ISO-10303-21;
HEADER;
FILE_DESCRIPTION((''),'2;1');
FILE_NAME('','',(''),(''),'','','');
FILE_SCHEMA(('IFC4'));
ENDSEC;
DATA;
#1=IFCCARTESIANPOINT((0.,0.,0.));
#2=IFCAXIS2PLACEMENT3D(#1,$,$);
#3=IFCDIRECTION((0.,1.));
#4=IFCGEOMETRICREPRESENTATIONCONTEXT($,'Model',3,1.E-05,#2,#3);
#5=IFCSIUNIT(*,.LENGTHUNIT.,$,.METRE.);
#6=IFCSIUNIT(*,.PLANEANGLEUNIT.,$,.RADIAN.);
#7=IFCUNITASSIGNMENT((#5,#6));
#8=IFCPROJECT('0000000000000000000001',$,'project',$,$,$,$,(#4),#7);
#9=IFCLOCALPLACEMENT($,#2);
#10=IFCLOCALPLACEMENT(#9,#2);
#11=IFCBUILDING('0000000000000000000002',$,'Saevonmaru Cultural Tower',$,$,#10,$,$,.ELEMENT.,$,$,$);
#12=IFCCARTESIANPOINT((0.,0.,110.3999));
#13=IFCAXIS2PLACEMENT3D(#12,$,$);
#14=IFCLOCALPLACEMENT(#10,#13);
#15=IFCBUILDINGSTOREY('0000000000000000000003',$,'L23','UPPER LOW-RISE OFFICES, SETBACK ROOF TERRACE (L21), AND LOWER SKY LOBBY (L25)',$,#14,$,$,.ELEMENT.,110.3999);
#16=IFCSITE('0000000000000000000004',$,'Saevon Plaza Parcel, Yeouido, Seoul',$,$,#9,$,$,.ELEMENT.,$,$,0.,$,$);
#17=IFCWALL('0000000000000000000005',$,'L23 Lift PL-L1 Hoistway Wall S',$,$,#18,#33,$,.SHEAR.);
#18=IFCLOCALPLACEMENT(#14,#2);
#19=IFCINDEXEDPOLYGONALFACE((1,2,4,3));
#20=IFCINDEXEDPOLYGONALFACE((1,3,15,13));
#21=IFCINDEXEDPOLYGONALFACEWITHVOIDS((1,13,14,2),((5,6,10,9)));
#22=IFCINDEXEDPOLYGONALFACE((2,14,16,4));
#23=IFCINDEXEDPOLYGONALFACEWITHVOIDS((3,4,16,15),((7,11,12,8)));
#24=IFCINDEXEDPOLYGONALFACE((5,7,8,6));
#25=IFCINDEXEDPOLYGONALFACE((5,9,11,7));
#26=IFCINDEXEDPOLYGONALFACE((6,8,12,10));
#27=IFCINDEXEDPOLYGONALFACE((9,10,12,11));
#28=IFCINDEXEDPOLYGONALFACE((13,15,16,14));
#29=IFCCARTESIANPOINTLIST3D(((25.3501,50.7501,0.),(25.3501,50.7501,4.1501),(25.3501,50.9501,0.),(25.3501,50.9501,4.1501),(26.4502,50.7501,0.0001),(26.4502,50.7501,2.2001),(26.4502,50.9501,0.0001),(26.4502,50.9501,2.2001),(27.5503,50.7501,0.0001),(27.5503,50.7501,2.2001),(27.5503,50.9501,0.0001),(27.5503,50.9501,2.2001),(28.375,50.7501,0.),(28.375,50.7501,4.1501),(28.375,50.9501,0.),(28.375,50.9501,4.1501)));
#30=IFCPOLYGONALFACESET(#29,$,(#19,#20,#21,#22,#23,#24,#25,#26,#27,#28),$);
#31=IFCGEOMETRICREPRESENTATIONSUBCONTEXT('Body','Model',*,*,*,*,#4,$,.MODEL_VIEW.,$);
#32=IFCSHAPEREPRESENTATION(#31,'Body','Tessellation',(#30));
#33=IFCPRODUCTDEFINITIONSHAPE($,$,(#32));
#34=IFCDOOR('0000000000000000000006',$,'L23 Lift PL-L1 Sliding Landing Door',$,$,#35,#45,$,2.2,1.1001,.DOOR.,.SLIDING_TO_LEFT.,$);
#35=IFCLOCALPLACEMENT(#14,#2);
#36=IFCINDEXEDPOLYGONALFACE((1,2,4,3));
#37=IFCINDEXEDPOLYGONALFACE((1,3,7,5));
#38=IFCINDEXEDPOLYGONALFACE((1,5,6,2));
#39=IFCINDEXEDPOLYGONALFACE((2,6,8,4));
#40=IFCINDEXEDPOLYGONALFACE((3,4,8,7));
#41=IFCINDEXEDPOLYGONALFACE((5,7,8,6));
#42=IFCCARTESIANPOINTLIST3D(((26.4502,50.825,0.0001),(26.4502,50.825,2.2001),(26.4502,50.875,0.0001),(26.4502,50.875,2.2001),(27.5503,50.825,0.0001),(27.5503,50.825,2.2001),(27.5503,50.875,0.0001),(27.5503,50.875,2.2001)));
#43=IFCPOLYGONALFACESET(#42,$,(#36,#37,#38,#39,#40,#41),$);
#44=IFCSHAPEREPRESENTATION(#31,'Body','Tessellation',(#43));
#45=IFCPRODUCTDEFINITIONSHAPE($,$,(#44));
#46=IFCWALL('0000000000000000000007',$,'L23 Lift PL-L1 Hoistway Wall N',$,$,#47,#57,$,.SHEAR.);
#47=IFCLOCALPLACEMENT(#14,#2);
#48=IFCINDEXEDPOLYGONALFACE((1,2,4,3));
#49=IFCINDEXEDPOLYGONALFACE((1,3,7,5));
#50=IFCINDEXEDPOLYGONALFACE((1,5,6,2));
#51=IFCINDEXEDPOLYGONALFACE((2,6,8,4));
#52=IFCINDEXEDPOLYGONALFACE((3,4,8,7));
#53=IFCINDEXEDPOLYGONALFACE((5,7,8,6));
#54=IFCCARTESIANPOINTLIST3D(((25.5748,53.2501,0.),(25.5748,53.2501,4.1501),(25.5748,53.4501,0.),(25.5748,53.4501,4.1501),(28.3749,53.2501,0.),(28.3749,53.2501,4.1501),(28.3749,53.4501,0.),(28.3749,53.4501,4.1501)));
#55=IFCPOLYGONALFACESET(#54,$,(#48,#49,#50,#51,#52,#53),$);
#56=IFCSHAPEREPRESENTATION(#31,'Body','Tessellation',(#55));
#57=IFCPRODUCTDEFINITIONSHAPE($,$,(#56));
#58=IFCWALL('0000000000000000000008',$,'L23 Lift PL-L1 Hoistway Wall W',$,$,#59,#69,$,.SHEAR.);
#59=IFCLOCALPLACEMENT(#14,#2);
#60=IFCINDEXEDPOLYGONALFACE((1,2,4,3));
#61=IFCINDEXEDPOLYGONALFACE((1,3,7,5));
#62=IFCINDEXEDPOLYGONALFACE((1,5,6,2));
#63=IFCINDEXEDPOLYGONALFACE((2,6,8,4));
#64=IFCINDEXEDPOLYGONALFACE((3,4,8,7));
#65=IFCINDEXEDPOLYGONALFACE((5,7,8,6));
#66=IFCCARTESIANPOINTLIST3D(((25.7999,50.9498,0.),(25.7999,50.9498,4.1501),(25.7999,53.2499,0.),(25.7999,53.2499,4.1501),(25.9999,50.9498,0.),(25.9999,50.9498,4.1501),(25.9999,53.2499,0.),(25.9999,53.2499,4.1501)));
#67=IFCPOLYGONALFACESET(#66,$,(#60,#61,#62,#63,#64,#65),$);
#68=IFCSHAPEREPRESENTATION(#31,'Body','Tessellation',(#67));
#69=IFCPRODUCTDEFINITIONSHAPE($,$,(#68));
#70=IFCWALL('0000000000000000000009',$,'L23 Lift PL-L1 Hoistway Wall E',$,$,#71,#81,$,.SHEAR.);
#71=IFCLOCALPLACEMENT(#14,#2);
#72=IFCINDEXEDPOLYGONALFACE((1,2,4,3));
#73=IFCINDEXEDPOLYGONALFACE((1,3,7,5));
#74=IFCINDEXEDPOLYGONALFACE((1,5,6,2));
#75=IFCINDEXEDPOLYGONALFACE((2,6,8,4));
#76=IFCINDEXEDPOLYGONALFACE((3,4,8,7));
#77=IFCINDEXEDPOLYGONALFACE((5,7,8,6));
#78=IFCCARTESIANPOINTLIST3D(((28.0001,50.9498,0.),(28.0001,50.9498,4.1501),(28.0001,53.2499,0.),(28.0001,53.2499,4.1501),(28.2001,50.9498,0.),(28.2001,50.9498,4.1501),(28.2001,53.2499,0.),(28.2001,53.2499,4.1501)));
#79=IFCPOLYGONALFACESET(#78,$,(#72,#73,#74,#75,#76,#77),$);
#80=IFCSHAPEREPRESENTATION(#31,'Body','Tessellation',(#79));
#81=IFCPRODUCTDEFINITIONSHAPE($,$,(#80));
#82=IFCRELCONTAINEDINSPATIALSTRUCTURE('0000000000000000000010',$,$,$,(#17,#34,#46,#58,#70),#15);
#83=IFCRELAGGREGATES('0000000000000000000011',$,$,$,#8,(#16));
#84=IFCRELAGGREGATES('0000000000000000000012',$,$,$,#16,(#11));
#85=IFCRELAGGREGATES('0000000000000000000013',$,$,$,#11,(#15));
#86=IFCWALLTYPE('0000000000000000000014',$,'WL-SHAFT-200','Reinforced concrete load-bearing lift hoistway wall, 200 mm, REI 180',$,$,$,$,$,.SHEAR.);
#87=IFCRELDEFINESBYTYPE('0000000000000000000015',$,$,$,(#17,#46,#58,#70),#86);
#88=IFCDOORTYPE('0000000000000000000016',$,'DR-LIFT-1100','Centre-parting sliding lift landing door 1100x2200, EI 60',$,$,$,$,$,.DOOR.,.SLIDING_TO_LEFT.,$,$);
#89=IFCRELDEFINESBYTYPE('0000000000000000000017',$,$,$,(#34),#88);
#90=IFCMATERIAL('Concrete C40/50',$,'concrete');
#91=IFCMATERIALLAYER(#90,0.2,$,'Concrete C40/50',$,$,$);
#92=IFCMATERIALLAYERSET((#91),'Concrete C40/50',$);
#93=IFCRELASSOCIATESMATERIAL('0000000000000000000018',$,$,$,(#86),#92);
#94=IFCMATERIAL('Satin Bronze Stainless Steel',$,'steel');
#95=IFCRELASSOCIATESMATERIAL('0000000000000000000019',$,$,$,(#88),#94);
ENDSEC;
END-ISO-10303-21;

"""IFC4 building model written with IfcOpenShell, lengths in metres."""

from ifc_helpers import new_model, si_unit, direction, frame, frame_2d, origin, place, context, subcontext, project, spatial, rectangle, extrude, material, layer, layer_set, type_object, element, fill, save


model = new_model("IFC4")

# Units and contexts
model_context = context("Model", 3, precision=1e-05, world=origin(), true_north=direction((0.0, 1.0)))
body_context = subcontext(model_context, "Body", "Model", "MODEL_VIEW")
ifc_project = project(units=[si_unit("LENGTHUNIT", "METRE"), si_unit("PLANEANGLEUNIT", "RADIAN")], contexts=[model_context])

# Site, building, storey
site_placement = place(None, origin())
site = spatial("IfcSite", under=ifc_project, at=site_placement, Name="Saevon Plaza Parcel, Yeouido, Seoul", CompositionType="ELEMENT", RefElevation=0.0)
building_placement = place(site_placement, origin())
building = spatial("IfcBuilding", under=site, at=building_placement, Name="Saevonmaru Cultural Tower", CompositionType="ELEMENT")
storey_placement = place(building_placement, frame((0.0, 0.0, 110.3999)))
storey = spatial("IfcBuildingStorey", under=building, at=storey_placement, Name="L23", Description="UPPER LOW-RISE OFFICES, SETBACK ROOF TERRACE (L21), AND LOWER SKY LOBBY (L25)", CompositionType="ELEMENT", Elevation=110.3999)

# Shared definitions
ifc_material_1 = material(Name="Concrete C40/50", Category="concrete")
ifc_layer_1 = layer(ifc_material_1, 0.2, Name="Concrete C40/50")
ifc_layer_set_1 = layer_set([ifc_layer_1], Name="Concrete C40/50")
wall_type = type_object("IfcWallType", Name="WL-SHAFT-200", Description="Reinforced concrete load-bearing lift hoistway wall, 200 mm, REI 180", PredefinedType="SHEAR", material=ifc_layer_set_1)

# Wall, opening, door
wall_1_placement = place(storey_placement, frame((25.3501, 50.8501, 0.0), z_axis=(0.0, 0.0, 1.0), x_axis=(1.0, 0.0, 0.0)))
wall_1 = element("IfcWall", 1, at=wall_1_placement, inside=storey, type_object=wall_type, Name="L23 Lift PL-L1 Hoistway Wall S", PredefinedType="SHEAR", context=body_context, shape_type="SweptSolid", body=[
    extrude(rectangle(XDim=3.0249, YDim=0.2, at=frame_2d((1.5125, 0.0))), origin(), (0.0, 0.0, 1.0), 4.1501),
])
opening_1_placement = place(wall_1_placement, frame((1.1001, 0.0, 0.0)))
opening_1 = element("IfcOpeningElement", 2, at=opening_1_placement, cuts=wall_1, PredefinedType="OPENING", context=body_context, shape_type="SweptSolid", body=[
    extrude(rectangle(XDim=1.1001, YDim=2.2, at=frame_2d((0.55, 1.1001))), frame((0.0, 0.1099, 0.0), z_axis=(0.0, -1.0, 0.0), x_axis=(1.0, 0.0, 0.0)), (0.0, 0.0, 1.0), 0.22),
])
ifc_material_2 = material(Name="Satin Bronze Stainless Steel", Category="steel")
door_type_1 = type_object("IfcDoorType", Name="DR-LIFT-1100", Description="Centre-parting sliding lift landing door 1100x2200, EI 60", OperationType="SLIDING_TO_LEFT", PredefinedType="DOOR", material=ifc_material_2)
door_1_placement = place(opening_1_placement, origin())
door_1 = element("IfcDoor", 3, at=door_1_placement, inside=storey, type_object=door_type_1, Name="L23 Lift PL-L1 Sliding Landing Door", OperationType="SLIDING_TO_LEFT", OverallHeight=2.2, OverallWidth=1.1001, PredefinedType="DOOR", context=body_context, shape_type="SweptSolid", body=[
    extrude(rectangle(XDim=1.1001, YDim=2.2, at=frame_2d((0.55, 1.1001))), frame((0.0, 0.0249, 0.0), z_axis=(0.0, -1.0, 0.0), x_axis=(1.0, 0.0, 0.0)), (0.0, 0.0, 1.0), 0.05),
])
fill(opening_1, door_1)

# Walls
wall_2_placement = place(storey_placement, frame((25.575, 53.3501, 0.0), z_axis=(0.0, 0.0, 1.0), x_axis=(1.0, 0.0, 0.0)))
element("IfcWall", 4, at=wall_2_placement, inside=storey, type_object=wall_type, Name="L23 Lift PL-L1 Hoistway Wall N", PredefinedType="SHEAR", context=body_context, shape_type="SweptSolid", body=[
    extrude(rectangle(XDim=2.8, YDim=0.2, at=frame_2d((1.3999, 0.0))), origin(), (0.0, 0.0, 1.0), 4.1501),
])
for number, where, z_axis, x_axis, name in (
    (5, (25.8999, 50.95, 0.0), (0.0, 0.0, 1.0), (0.0, 1.0, 0.0), "L23 Lift PL-L1 Hoistway Wall W"),
    (6, (28.1001, 50.95, 0.0), (0.0, 0.0, 1.0), (0.0, 1.0, 0.0), "L23 Lift PL-L1 Hoistway Wall E"),
):
    element("IfcWall", number, at=place(storey_placement, frame(where, z_axis=z_axis, x_axis=x_axis)), inside=storey, type_object=wall_type, Name=name, PredefinedType="SHEAR", context=body_context, shape_type="SweptSolid", body=[
        extrude(rectangle(XDim=2.3, YDim=0.2, at=frame_2d((1.1499, 0.0))), origin(), (0.0, 0.0, 1.0), 4.1501),
    ])

save(model, "model.ifc")
